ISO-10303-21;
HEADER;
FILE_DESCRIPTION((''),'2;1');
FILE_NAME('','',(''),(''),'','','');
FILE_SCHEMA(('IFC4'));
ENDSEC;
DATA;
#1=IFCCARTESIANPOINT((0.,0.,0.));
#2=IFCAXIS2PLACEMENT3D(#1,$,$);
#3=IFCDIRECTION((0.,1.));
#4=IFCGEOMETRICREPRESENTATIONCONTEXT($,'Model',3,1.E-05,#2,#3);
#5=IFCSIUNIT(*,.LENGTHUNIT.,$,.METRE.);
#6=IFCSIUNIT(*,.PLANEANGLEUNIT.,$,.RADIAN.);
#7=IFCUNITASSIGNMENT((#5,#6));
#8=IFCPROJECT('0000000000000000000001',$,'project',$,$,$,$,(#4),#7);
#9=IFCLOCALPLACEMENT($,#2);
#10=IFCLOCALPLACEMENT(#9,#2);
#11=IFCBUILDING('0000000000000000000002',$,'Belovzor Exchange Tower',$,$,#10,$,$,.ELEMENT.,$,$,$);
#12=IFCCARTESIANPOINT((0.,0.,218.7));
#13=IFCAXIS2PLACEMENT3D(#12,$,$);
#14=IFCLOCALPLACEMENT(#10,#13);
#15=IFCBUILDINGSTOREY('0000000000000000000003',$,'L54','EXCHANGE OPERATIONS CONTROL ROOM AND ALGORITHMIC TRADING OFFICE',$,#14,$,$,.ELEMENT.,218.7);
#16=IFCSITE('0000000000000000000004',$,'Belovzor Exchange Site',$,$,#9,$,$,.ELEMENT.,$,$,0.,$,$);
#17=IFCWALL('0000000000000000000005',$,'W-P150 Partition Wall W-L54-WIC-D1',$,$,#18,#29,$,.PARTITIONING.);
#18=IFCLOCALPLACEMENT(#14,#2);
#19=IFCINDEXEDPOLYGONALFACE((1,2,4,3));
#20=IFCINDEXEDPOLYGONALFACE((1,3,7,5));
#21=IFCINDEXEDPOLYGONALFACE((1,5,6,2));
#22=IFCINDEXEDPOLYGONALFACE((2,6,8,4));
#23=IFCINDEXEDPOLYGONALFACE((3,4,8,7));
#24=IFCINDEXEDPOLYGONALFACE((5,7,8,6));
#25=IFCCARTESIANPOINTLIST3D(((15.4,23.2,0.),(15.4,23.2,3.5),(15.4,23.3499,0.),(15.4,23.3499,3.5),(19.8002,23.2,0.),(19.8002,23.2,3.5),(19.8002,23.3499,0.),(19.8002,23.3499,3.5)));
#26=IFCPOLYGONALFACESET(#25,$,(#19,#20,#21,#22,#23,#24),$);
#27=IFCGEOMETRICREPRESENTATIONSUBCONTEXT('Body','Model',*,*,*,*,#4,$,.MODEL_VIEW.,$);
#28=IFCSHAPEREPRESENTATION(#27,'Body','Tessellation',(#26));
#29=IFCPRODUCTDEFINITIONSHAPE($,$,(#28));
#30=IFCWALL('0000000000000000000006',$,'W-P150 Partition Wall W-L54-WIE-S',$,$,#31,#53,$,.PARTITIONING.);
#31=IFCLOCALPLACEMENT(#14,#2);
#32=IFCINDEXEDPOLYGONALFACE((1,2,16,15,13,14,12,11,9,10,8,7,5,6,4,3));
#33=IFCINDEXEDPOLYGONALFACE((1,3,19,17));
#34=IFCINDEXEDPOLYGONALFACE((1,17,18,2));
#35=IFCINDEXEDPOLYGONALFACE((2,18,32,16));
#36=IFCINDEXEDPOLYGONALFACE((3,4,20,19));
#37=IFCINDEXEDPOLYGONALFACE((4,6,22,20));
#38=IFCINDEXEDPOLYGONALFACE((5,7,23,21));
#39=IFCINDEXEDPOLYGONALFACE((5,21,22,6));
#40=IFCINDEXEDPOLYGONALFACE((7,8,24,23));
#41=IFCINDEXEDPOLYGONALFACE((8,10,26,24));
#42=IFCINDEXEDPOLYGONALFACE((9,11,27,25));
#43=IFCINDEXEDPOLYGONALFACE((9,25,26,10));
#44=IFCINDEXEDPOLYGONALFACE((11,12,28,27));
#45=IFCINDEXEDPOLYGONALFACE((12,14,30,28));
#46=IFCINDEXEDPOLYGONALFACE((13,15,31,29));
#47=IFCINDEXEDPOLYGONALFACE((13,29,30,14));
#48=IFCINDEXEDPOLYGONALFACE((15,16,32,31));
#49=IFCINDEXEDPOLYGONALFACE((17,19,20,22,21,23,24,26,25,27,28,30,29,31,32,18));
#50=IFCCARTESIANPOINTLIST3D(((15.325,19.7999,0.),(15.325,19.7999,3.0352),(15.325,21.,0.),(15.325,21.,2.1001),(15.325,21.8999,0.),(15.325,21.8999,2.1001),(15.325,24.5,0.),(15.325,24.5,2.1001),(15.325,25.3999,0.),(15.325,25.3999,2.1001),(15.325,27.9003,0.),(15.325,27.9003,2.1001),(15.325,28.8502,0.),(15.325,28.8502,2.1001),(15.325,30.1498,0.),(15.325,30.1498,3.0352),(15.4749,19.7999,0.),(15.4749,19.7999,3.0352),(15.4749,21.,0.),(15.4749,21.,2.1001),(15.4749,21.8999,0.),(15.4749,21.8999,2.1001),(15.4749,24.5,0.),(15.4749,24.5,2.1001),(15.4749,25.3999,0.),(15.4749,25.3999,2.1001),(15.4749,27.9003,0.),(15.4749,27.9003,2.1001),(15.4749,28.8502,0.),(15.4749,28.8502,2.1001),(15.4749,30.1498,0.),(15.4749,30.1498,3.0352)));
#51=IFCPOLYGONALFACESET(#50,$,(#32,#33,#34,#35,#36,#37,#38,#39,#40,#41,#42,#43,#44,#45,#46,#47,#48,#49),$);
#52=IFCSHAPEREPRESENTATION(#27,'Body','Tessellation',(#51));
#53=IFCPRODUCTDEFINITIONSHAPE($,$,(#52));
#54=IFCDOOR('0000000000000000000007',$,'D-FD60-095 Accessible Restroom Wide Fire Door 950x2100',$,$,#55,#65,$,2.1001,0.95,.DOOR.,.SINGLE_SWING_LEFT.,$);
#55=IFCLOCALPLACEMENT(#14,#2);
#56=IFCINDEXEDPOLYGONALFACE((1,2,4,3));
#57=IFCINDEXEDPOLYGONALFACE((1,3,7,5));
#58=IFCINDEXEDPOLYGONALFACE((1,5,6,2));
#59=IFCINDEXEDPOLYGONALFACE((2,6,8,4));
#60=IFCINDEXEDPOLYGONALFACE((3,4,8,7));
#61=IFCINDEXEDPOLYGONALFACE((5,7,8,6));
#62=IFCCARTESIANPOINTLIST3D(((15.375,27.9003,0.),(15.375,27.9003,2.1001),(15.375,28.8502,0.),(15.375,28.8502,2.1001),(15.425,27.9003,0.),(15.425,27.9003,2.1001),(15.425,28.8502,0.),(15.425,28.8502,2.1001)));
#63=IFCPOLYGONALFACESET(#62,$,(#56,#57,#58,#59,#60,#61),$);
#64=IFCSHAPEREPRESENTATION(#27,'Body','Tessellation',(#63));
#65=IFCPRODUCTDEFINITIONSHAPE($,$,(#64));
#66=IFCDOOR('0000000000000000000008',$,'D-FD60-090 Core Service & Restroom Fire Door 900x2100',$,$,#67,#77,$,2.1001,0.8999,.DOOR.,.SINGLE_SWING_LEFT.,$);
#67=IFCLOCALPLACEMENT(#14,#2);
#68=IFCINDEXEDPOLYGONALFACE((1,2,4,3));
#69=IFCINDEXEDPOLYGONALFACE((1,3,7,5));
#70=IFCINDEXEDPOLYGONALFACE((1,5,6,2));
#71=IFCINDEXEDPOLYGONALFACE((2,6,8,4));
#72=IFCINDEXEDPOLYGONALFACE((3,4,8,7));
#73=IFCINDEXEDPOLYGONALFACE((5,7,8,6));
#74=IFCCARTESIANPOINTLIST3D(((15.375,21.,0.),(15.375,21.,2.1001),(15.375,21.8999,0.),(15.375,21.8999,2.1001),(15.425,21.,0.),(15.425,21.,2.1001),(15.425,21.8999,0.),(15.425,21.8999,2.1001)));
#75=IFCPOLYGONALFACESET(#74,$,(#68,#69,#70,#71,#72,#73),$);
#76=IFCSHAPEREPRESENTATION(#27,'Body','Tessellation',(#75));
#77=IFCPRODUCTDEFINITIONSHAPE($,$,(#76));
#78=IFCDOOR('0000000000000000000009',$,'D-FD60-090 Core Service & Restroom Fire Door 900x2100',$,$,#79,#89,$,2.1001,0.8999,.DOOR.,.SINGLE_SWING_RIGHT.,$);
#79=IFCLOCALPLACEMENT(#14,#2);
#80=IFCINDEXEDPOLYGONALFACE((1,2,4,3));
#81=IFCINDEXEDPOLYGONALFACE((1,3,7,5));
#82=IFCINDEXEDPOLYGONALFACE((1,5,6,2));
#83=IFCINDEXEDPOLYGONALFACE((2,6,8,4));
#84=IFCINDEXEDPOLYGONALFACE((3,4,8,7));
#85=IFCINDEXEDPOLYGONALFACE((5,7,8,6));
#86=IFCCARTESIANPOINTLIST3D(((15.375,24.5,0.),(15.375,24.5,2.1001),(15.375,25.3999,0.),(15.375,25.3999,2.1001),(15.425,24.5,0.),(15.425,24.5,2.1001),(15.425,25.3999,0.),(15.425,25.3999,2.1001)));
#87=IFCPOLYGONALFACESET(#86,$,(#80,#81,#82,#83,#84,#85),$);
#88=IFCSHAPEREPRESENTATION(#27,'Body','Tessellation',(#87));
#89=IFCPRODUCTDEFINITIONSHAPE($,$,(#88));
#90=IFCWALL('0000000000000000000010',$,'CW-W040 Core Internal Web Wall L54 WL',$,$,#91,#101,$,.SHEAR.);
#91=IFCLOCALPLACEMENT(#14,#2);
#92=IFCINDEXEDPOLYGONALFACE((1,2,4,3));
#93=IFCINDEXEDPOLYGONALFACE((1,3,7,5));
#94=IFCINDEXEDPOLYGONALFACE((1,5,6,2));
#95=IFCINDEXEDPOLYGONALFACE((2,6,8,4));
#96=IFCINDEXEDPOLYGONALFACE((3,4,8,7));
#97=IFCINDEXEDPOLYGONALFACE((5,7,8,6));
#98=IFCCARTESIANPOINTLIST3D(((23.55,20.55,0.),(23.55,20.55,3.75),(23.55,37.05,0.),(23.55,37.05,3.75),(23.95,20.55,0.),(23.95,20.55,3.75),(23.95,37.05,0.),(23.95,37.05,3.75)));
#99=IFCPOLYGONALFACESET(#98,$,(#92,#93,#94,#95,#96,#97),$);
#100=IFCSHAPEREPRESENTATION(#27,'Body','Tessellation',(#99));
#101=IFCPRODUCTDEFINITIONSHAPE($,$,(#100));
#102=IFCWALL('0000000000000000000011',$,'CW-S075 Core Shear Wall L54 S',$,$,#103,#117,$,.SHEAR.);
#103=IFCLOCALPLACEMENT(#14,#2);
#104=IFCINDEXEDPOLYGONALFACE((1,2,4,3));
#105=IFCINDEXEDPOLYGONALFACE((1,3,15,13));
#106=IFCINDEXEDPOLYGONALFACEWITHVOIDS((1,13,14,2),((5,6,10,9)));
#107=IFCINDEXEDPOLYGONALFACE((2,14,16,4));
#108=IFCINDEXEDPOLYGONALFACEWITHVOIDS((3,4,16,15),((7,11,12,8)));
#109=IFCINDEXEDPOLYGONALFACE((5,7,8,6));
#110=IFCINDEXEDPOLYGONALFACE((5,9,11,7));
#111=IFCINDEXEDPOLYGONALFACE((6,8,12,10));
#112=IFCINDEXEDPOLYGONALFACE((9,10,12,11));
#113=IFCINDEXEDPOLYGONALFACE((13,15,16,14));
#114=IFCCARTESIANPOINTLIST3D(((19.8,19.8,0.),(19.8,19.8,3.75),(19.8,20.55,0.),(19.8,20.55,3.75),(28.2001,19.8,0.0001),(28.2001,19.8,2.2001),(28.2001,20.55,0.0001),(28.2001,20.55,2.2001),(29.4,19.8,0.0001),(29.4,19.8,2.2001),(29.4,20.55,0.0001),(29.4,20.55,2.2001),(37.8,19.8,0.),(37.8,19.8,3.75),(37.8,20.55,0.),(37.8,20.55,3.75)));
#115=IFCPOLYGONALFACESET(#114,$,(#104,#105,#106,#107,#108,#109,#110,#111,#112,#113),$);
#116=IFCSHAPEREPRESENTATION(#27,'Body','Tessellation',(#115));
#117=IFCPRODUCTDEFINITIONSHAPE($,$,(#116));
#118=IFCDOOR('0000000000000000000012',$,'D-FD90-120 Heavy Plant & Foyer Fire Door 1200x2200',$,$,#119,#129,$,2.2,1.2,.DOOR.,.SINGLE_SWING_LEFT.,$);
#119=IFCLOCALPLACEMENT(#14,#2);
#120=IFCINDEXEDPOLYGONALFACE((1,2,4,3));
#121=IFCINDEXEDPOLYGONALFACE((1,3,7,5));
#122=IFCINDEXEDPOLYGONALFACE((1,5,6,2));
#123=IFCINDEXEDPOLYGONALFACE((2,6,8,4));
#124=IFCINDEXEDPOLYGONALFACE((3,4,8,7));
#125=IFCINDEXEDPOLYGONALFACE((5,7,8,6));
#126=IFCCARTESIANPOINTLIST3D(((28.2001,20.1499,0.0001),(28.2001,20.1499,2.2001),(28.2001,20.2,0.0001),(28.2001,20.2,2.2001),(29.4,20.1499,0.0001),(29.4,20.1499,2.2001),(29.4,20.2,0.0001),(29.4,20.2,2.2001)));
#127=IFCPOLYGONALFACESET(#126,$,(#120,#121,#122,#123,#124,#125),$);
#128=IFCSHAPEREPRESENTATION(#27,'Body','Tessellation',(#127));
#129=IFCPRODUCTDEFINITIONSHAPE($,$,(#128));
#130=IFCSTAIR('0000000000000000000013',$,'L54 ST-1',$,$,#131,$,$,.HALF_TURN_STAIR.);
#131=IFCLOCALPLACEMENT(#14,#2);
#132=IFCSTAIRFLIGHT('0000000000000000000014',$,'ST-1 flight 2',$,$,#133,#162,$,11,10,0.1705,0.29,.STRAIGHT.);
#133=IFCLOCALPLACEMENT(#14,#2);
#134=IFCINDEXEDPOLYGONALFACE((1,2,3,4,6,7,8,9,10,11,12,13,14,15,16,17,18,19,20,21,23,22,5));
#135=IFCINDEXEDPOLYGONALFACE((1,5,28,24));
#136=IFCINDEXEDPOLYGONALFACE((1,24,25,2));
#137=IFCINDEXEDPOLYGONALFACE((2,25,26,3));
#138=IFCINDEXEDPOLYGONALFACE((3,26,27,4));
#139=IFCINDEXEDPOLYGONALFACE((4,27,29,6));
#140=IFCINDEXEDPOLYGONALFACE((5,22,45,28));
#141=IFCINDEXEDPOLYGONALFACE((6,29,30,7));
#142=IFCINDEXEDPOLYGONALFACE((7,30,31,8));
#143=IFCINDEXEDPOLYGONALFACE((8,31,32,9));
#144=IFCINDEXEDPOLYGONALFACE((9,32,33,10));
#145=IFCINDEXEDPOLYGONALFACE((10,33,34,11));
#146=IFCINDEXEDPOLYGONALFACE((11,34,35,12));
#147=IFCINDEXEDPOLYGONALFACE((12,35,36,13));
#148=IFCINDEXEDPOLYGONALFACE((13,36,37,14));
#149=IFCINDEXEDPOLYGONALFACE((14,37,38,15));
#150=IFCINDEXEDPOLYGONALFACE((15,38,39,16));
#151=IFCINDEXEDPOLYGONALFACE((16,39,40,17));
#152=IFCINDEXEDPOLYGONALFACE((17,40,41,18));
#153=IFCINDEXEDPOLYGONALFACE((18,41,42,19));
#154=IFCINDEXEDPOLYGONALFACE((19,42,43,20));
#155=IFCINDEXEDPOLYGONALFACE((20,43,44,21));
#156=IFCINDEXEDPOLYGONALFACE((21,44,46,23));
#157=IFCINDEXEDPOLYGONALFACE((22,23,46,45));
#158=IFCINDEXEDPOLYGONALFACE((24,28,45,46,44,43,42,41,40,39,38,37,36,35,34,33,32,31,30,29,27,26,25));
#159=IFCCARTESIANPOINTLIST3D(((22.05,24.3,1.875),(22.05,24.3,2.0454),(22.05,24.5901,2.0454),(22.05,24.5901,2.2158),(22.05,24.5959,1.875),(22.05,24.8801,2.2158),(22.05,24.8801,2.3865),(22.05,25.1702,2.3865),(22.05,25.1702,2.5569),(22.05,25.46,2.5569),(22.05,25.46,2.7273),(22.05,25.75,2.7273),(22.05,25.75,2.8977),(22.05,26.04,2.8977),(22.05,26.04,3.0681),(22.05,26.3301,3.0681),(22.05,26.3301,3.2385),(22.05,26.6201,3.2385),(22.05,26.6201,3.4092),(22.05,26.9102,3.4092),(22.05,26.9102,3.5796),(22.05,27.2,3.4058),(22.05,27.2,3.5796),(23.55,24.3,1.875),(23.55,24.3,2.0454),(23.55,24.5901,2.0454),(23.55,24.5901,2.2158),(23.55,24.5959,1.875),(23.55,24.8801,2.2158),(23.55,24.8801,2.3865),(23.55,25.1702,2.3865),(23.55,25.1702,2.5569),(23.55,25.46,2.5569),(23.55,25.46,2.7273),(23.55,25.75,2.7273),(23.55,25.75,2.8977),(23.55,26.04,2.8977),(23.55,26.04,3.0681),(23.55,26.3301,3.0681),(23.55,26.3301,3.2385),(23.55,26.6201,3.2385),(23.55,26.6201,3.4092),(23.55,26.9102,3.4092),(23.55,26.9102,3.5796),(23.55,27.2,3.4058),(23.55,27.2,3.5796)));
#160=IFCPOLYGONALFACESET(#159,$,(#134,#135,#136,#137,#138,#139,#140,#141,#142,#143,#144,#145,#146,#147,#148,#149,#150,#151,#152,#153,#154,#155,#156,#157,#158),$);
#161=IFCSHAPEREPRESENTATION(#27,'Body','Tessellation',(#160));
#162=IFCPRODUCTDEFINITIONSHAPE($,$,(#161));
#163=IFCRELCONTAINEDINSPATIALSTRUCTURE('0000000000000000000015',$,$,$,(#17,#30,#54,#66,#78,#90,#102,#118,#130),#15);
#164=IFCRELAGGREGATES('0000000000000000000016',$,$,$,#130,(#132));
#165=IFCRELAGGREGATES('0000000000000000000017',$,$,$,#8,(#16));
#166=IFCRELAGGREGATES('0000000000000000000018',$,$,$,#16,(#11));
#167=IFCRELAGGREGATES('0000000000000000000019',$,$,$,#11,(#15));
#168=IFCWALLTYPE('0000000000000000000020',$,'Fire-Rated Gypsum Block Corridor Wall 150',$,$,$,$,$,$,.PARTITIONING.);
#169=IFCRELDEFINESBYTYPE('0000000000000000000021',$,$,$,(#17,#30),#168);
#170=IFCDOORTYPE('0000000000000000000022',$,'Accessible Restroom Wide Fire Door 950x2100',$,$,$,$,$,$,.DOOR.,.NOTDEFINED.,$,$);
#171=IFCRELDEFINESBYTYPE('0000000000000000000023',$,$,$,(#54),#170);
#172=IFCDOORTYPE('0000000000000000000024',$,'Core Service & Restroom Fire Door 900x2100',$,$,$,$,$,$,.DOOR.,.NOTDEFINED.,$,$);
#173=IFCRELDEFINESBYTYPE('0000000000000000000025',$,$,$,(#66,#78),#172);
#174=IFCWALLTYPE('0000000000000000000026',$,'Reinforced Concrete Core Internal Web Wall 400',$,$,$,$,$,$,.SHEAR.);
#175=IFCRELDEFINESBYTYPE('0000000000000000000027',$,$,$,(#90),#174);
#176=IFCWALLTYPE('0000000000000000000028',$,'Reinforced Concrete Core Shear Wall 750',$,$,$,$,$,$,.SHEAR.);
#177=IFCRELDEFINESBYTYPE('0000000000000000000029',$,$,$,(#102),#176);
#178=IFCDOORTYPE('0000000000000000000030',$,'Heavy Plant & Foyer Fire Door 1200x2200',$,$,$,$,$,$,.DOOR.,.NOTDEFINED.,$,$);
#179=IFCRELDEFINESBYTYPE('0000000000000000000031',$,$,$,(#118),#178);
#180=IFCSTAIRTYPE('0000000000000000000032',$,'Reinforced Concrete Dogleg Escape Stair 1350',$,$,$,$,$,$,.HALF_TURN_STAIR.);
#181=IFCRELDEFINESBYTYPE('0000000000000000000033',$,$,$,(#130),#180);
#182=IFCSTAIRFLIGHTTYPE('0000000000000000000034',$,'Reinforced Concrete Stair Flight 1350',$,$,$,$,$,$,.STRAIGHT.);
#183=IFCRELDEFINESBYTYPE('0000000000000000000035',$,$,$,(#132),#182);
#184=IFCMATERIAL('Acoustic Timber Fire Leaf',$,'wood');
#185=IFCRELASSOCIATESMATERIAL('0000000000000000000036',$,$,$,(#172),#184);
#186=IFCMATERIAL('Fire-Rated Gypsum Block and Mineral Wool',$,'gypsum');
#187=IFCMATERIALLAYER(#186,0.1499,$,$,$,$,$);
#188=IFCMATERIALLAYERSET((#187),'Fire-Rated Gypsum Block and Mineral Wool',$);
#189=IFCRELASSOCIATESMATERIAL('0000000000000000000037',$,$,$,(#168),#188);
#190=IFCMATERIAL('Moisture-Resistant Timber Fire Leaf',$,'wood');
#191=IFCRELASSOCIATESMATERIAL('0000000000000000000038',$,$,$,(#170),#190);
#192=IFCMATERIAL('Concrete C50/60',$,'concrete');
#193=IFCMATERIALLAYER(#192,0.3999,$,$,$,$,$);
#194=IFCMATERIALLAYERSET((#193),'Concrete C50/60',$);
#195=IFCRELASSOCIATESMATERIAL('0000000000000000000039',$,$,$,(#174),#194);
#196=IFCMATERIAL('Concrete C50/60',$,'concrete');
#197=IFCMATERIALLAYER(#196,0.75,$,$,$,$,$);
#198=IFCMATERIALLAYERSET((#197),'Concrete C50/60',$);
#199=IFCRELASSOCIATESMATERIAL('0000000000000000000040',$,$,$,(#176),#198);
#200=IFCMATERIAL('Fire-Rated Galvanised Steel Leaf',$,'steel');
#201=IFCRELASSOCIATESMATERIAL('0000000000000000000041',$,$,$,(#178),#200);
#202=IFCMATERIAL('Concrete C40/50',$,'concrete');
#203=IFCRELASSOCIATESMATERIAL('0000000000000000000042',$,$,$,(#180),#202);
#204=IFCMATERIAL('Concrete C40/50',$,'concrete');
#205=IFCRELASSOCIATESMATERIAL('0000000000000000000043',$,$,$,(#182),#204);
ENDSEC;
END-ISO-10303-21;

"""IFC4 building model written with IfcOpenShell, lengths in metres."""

from ifc_helpers import new_model, si_unit, direction, frame, frame_2d, origin, place, context, subcontext, project, spatial, polyline, rectangle, outline, extrude, material, layer, layer_set, type_object, element, fill, aggregate, save


model = new_model("IFC4")

# Units and contexts
model_context = context("Model", 3, precision=1e-05, world=origin(), true_north=direction((0.0, 1.0)))
body_context = subcontext(model_context, "Body", "Model", "MODEL_VIEW")
ifc_project = project(units=[si_unit("LENGTHUNIT", "METRE"), si_unit("PLANEANGLEUNIT", "RADIAN")], contexts=[model_context])

# Site, building, storey
site_placement = place(None, origin())
site = spatial("IfcSite", under=ifc_project, at=site_placement, Name="Belovzor Exchange Site", CompositionType="ELEMENT", RefElevation=0.0)
building_placement = place(site_placement, origin())
building = spatial("IfcBuilding", under=site, at=building_placement, Name="Belovzor Exchange Tower", CompositionType="ELEMENT")
storey_placement = place(building_placement, frame((0.0, 0.0, 218.7)))
storey = spatial("IfcBuildingStorey", under=building, at=storey_placement, Name="L54", Description="EXCHANGE OPERATIONS CONTROL ROOM AND ALGORITHMIC TRADING OFFICE", CompositionType="ELEMENT", Elevation=218.7)

# Shared definitions
ifc_material_1 = material(Name="Acoustic Timber Fire Leaf", Category="wood")
door_type_1 = type_object("IfcDoorType", Name="Core Service & Restroom Fire Door 900x2100", OperationType="NOTDEFINED", PredefinedType="DOOR", material=ifc_material_1)

# Wall
ifc_material_2 = material(Name="Fire-Rated Gypsum Block and Mineral Wool", Category="gypsum")
ifc_layer_1 = layer(ifc_material_2, 0.1499)
ifc_layer_set_1 = layer_set([ifc_layer_1], Name="Fire-Rated Gypsum Block and Mineral Wool")
wall_type_1 = type_object("IfcWallType", Name="Fire-Rated Gypsum Block Corridor Wall 150", PredefinedType="PARTITIONING", material=ifc_layer_set_1)
wall_1_placement = place(storey_placement, frame((15.3999, 23.2749, 0.0), z_axis=(0.0, 0.0, 1.0), x_axis=(1.0, 0.0, 0.0)))
element("IfcWall", 1, at=wall_1_placement, inside=storey, type_object=wall_type_1, Name="W-P150 Partition Wall W-L54-WIC-D1", PredefinedType="PARTITIONING", context=body_context, shape_type="SweptSolid", body=[
    extrude(rectangle(XDim=4.4001, YDim=0.1499, at=frame_2d((2.2002, 0.0))), origin(), (0.0, 0.0, 1.0), 3.5),
])

# Wall, openings, doors
wall_2_placement = place(storey_placement, frame((15.3999, 19.8, 0.0), z_axis=(0.0, 0.0, 1.0), x_axis=(0.0, 1.0, 0.0)))
wall_2 = element("IfcWall", 2, at=wall_2_placement, inside=storey, type_object=wall_type_1, Name="W-P150 Partition Wall W-L54-WIE-S", PredefinedType="PARTITIONING", context=body_context, shape_type="SweptSolid", body=[
    extrude(rectangle(XDim=10.3499, YDim=0.1499, at=frame_2d((5.1748, 0.0))), origin(), (0.0, 0.0, 1.0), 3.0352),
])
opening_1_placement = place(wall_2_placement, frame((1.2, 0.0, 0.0)))
opening_1 = element("IfcOpeningElement", 3, at=opening_1_placement, cuts=wall_2, PredefinedType="OPENING", context=body_context, shape_type="SweptSolid", body=[
    extrude(rectangle(XDim=0.8999, YDim=2.1001, at=frame_2d((0.45, 1.05))), frame((0.0, 0.085, 0.0), z_axis=(0.0, -1.0, 0.0), x_axis=(1.0, 0.0, 0.0)), (0.0, 0.0, 1.0), 0.1699),
])
opening_2_placement = place(wall_2_placement, frame((4.7, 0.0, 0.0)))
opening_2 = element("IfcOpeningElement", 4, at=opening_2_placement, cuts=wall_2, PredefinedType="OPENING", context=body_context, shape_type="SweptSolid", body=[
    extrude(rectangle(XDim=0.8999, YDim=2.1001, at=frame_2d((0.45, 1.05))), frame((0.0, 0.085, 0.0), z_axis=(0.0, -1.0, 0.0), x_axis=(1.0, 0.0, 0.0)), (0.0, 0.0, 1.0), 0.1699),
])
opening_3_placement = place(wall_2_placement, frame((8.1001, 0.0, 0.0)))
opening_3 = element("IfcOpeningElement", 5, at=opening_3_placement, cuts=wall_2, PredefinedType="OPENING", context=body_context, shape_type="SweptSolid", body=[
    extrude(rectangle(XDim=0.95, YDim=2.1001, at=frame_2d((0.4751, 1.05))), frame((0.0, 0.085, 0.0), z_axis=(0.0, -1.0, 0.0), x_axis=(1.0, 0.0, 0.0)), (0.0, 0.0, 1.0), 0.1699),
])
ifc_material_3 = material(Name="Moisture-Resistant Timber Fire Leaf", Category="wood")
door_type_2 = type_object("IfcDoorType", Name="Accessible Restroom Wide Fire Door 950x2100", OperationType="NOTDEFINED", PredefinedType="DOOR", material=ifc_material_3)
door_1_placement = place(opening_3_placement, origin())
door_1 = element("IfcDoor", 6, at=door_1_placement, inside=storey, type_object=door_type_2, Name="D-FD60-095 Accessible Restroom Wide Fire Door 950x2100", OperationType="SINGLE_SWING_LEFT", OverallHeight=2.1001, OverallWidth=0.95, PredefinedType="DOOR", context=body_context, shape_type="SweptSolid", body=[
    extrude(rectangle(XDim=0.95, YDim=2.1001, at=frame_2d((0.4751, 1.05))), frame((0.0, 0.0249, 0.0), z_axis=(0.0, -1.0, 0.0), x_axis=(1.0, 0.0, 0.0)), (0.0, 0.0, 1.0), 0.05),
])
fill(opening_3, door_1)
door_2_placement = place(opening_1_placement, origin())
door_2 = element("IfcDoor", 7, at=door_2_placement, inside=storey, type_object=door_type_1, Name="D-FD60-090 Core Service & Restroom Fire Door 900x2100", OperationType="SINGLE_SWING_LEFT", OverallHeight=2.1001, OverallWidth=0.8999, PredefinedType="DOOR", context=body_context, shape_type="SweptSolid", body=[
    extrude(rectangle(XDim=0.8999, YDim=2.1001, at=frame_2d((0.45, 1.05))), frame((0.0, 0.0249, 0.0), z_axis=(0.0, -1.0, 0.0), x_axis=(1.0, 0.0, 0.0)), (0.0, 0.0, 1.0), 0.05),
])
fill(opening_1, door_2)
door_3_placement = place(opening_2_placement, origin())
door_3 = element("IfcDoor", 8, at=door_3_placement, inside=storey, type_object=door_type_1, Name="D-FD60-090 Core Service & Restroom Fire Door 900x2100", OperationType="SINGLE_SWING_RIGHT", OverallHeight=2.1001, OverallWidth=0.8999, PredefinedType="DOOR", context=body_context, shape_type="SweptSolid", body=[
    extrude(rectangle(XDim=0.8999, YDim=2.1001, at=frame_2d((0.45, 1.05))), frame((0.0, 0.0249, 0.0), z_axis=(0.0, -1.0, 0.0), x_axis=(1.0, 0.0, 0.0)), (0.0, 0.0, 1.0), 0.05),
])
fill(opening_2, door_3)

# Wall
ifc_material_4 = material(Name="Concrete C50/60", Category="concrete")
ifc_layer_2 = layer(ifc_material_4, 0.3999)
ifc_layer_set_2 = layer_set([ifc_layer_2], Name="Concrete C50/60")
wall_type_2 = type_object("IfcWallType", Name="Reinforced Concrete Core Internal Web Wall 400", PredefinedType="SHEAR", material=ifc_layer_set_2)
wall_3_placement = place(storey_placement, frame((23.75, 20.55, 0.0), z_axis=(0.0, 0.0, 1.0), x_axis=(0.0, 1.0, 0.0)))
element("IfcWall", 9, at=wall_3_placement, inside=storey, type_object=wall_type_2, Name="CW-W040 Core Internal Web Wall L54 WL", PredefinedType="SHEAR", context=body_context, shape_type="SweptSolid", body=[
    extrude(rectangle(XDim=16.5, YDim=0.3999, at=frame_2d((8.25, 0.0))), origin(), (0.0, 0.0, 1.0), 3.75),
])

# Wall, opening, door
ifc_material_5 = material(Name="Concrete C50/60", Category="concrete")
ifc_layer_3 = layer(ifc_material_5, 0.75)
ifc_layer_set_3 = layer_set([ifc_layer_3], Name="Concrete C50/60")
wall_type_3 = type_object("IfcWallType", Name="Reinforced Concrete Core Shear Wall 750", PredefinedType="SHEAR", material=ifc_layer_set_3)
wall_4_placement = place(storey_placement, frame((19.8, 20.175, 0.0), z_axis=(0.0, 0.0, 1.0), x_axis=(1.0, 0.0, 0.0)))
wall_4 = element("IfcWall", 10, at=wall_4_placement, inside=storey, type_object=wall_type_3, Name="CW-S075 Core Shear Wall L54 S", PredefinedType="SHEAR", context=body_context, shape_type="SweptSolid", body=[
    extrude(rectangle(XDim=18.0, YDim=0.75, at=frame_2d((9.0, 0.0))), origin(), (0.0, 0.0, 1.0), 3.75),
])
opening_4_placement = place(wall_4_placement, frame((8.3999, 0.0, 0.0)))
opening_4 = element("IfcOpeningElement", 11, at=opening_4_placement, cuts=wall_4, PredefinedType="OPENING", context=body_context, shape_type="SweptSolid", body=[
    extrude(rectangle(XDim=1.2, YDim=2.2, at=frame_2d((0.6001, 1.1001))), frame((0.0, 0.385, 0.0), z_axis=(0.0, -1.0, 0.0), x_axis=(1.0, 0.0, 0.0)), (0.0, 0.0, 1.0), 0.77),
])
ifc_material_6 = material(Name="Fire-Rated Galvanised Steel Leaf", Category="steel")
door_type_3 = type_object("IfcDoorType", Name="Heavy Plant & Foyer Fire Door 1200x2200", OperationType="NOTDEFINED", PredefinedType="DOOR", material=ifc_material_6)
door_4_placement = place(opening_4_placement, origin())
door_4 = element("IfcDoor", 12, at=door_4_placement, inside=storey, type_object=door_type_3, Name="D-FD90-120 Heavy Plant & Foyer Fire Door 1200x2200", OperationType="SINGLE_SWING_LEFT", OverallHeight=2.2, OverallWidth=1.2, PredefinedType="DOOR", context=body_context, shape_type="SweptSolid", body=[
    extrude(rectangle(XDim=1.2, YDim=2.2, at=frame_2d((0.6001, 1.1001))), frame((0.0, 0.0249, 0.0), z_axis=(0.0, -1.0, 0.0), x_axis=(1.0, 0.0, 0.0)), (0.0, 0.0, 1.0), 0.05),
])
fill(opening_4, door_4)

# Stair, stair flight
ifc_material_7 = material(Name="Concrete C40/50", Category="concrete")
stair_type = type_object("IfcStairType", Name="Reinforced Concrete Dogleg Escape Stair 1350", PredefinedType="HALF_TURN_STAIR", material=ifc_material_7)
stair_placement = place(storey_placement, origin())
stair = element("IfcStair", 13, at=stair_placement, inside=storey, type_object=stair_type, Name="L54 ST-1", PredefinedType="HALF_TURN_STAIR")
ifc_material_8 = material(Name="Concrete C40/50", Category="concrete")
stair_flight_type = type_object("IfcStairFlightType", Name="Reinforced Concrete Stair Flight 1350", PredefinedType="STRAIGHT", material=ifc_material_8)
stair_flight_placement = place(storey_placement, frame((22.8, 24.3, 1.875), z_axis=(0.0, 0.0, 1.0), x_axis=(0.0, 1.0, 0.0)))
stair_flight = element("IfcStairFlight", 14, at=stair_flight_placement, type_object=stair_flight_type, Name="ST-1 flight 2", NumberOfRisers=11, NumberOfTreads=10, PredefinedType="STRAIGHT", RiserHeight=0.1705, TreadLength=0.29, context=body_context, shape_type="SweptSolid", body=[
    extrude(outline(polyline([(0.0, 0.0), (0.0, 0.1704), (0.29, 0.1704), (0.29, 0.3408), (0.5801, 0.3408), (0.5801, 0.5115), (0.8701, 0.5115), (0.8701, 0.6819), (1.1599, 0.6819), (1.1599, 0.8523), (1.45, 0.8523), (1.45, 1.0227), (1.74, 1.0227), (1.74, 1.1931), (2.03, 1.1931), (2.03, 1.3635), (2.3201, 1.3635), (2.3201, 1.5342), (2.6101, 1.5342), (2.6101, 1.7046), (2.8999, 1.7046), (2.8999, 1.875), (2.8999, 1.5308), (0.2959, 0.0), (0.0, 0.0)])), frame((0.0, 0.75, 0.0), z_axis=(0.0, -1.0, 0.0), x_axis=(1.0, 0.0, 0.0)), (0.0, 0.0, 1.0), 1.5),
])
aggregate(stair, [stair_flight])

save(model, "model.ifc")
